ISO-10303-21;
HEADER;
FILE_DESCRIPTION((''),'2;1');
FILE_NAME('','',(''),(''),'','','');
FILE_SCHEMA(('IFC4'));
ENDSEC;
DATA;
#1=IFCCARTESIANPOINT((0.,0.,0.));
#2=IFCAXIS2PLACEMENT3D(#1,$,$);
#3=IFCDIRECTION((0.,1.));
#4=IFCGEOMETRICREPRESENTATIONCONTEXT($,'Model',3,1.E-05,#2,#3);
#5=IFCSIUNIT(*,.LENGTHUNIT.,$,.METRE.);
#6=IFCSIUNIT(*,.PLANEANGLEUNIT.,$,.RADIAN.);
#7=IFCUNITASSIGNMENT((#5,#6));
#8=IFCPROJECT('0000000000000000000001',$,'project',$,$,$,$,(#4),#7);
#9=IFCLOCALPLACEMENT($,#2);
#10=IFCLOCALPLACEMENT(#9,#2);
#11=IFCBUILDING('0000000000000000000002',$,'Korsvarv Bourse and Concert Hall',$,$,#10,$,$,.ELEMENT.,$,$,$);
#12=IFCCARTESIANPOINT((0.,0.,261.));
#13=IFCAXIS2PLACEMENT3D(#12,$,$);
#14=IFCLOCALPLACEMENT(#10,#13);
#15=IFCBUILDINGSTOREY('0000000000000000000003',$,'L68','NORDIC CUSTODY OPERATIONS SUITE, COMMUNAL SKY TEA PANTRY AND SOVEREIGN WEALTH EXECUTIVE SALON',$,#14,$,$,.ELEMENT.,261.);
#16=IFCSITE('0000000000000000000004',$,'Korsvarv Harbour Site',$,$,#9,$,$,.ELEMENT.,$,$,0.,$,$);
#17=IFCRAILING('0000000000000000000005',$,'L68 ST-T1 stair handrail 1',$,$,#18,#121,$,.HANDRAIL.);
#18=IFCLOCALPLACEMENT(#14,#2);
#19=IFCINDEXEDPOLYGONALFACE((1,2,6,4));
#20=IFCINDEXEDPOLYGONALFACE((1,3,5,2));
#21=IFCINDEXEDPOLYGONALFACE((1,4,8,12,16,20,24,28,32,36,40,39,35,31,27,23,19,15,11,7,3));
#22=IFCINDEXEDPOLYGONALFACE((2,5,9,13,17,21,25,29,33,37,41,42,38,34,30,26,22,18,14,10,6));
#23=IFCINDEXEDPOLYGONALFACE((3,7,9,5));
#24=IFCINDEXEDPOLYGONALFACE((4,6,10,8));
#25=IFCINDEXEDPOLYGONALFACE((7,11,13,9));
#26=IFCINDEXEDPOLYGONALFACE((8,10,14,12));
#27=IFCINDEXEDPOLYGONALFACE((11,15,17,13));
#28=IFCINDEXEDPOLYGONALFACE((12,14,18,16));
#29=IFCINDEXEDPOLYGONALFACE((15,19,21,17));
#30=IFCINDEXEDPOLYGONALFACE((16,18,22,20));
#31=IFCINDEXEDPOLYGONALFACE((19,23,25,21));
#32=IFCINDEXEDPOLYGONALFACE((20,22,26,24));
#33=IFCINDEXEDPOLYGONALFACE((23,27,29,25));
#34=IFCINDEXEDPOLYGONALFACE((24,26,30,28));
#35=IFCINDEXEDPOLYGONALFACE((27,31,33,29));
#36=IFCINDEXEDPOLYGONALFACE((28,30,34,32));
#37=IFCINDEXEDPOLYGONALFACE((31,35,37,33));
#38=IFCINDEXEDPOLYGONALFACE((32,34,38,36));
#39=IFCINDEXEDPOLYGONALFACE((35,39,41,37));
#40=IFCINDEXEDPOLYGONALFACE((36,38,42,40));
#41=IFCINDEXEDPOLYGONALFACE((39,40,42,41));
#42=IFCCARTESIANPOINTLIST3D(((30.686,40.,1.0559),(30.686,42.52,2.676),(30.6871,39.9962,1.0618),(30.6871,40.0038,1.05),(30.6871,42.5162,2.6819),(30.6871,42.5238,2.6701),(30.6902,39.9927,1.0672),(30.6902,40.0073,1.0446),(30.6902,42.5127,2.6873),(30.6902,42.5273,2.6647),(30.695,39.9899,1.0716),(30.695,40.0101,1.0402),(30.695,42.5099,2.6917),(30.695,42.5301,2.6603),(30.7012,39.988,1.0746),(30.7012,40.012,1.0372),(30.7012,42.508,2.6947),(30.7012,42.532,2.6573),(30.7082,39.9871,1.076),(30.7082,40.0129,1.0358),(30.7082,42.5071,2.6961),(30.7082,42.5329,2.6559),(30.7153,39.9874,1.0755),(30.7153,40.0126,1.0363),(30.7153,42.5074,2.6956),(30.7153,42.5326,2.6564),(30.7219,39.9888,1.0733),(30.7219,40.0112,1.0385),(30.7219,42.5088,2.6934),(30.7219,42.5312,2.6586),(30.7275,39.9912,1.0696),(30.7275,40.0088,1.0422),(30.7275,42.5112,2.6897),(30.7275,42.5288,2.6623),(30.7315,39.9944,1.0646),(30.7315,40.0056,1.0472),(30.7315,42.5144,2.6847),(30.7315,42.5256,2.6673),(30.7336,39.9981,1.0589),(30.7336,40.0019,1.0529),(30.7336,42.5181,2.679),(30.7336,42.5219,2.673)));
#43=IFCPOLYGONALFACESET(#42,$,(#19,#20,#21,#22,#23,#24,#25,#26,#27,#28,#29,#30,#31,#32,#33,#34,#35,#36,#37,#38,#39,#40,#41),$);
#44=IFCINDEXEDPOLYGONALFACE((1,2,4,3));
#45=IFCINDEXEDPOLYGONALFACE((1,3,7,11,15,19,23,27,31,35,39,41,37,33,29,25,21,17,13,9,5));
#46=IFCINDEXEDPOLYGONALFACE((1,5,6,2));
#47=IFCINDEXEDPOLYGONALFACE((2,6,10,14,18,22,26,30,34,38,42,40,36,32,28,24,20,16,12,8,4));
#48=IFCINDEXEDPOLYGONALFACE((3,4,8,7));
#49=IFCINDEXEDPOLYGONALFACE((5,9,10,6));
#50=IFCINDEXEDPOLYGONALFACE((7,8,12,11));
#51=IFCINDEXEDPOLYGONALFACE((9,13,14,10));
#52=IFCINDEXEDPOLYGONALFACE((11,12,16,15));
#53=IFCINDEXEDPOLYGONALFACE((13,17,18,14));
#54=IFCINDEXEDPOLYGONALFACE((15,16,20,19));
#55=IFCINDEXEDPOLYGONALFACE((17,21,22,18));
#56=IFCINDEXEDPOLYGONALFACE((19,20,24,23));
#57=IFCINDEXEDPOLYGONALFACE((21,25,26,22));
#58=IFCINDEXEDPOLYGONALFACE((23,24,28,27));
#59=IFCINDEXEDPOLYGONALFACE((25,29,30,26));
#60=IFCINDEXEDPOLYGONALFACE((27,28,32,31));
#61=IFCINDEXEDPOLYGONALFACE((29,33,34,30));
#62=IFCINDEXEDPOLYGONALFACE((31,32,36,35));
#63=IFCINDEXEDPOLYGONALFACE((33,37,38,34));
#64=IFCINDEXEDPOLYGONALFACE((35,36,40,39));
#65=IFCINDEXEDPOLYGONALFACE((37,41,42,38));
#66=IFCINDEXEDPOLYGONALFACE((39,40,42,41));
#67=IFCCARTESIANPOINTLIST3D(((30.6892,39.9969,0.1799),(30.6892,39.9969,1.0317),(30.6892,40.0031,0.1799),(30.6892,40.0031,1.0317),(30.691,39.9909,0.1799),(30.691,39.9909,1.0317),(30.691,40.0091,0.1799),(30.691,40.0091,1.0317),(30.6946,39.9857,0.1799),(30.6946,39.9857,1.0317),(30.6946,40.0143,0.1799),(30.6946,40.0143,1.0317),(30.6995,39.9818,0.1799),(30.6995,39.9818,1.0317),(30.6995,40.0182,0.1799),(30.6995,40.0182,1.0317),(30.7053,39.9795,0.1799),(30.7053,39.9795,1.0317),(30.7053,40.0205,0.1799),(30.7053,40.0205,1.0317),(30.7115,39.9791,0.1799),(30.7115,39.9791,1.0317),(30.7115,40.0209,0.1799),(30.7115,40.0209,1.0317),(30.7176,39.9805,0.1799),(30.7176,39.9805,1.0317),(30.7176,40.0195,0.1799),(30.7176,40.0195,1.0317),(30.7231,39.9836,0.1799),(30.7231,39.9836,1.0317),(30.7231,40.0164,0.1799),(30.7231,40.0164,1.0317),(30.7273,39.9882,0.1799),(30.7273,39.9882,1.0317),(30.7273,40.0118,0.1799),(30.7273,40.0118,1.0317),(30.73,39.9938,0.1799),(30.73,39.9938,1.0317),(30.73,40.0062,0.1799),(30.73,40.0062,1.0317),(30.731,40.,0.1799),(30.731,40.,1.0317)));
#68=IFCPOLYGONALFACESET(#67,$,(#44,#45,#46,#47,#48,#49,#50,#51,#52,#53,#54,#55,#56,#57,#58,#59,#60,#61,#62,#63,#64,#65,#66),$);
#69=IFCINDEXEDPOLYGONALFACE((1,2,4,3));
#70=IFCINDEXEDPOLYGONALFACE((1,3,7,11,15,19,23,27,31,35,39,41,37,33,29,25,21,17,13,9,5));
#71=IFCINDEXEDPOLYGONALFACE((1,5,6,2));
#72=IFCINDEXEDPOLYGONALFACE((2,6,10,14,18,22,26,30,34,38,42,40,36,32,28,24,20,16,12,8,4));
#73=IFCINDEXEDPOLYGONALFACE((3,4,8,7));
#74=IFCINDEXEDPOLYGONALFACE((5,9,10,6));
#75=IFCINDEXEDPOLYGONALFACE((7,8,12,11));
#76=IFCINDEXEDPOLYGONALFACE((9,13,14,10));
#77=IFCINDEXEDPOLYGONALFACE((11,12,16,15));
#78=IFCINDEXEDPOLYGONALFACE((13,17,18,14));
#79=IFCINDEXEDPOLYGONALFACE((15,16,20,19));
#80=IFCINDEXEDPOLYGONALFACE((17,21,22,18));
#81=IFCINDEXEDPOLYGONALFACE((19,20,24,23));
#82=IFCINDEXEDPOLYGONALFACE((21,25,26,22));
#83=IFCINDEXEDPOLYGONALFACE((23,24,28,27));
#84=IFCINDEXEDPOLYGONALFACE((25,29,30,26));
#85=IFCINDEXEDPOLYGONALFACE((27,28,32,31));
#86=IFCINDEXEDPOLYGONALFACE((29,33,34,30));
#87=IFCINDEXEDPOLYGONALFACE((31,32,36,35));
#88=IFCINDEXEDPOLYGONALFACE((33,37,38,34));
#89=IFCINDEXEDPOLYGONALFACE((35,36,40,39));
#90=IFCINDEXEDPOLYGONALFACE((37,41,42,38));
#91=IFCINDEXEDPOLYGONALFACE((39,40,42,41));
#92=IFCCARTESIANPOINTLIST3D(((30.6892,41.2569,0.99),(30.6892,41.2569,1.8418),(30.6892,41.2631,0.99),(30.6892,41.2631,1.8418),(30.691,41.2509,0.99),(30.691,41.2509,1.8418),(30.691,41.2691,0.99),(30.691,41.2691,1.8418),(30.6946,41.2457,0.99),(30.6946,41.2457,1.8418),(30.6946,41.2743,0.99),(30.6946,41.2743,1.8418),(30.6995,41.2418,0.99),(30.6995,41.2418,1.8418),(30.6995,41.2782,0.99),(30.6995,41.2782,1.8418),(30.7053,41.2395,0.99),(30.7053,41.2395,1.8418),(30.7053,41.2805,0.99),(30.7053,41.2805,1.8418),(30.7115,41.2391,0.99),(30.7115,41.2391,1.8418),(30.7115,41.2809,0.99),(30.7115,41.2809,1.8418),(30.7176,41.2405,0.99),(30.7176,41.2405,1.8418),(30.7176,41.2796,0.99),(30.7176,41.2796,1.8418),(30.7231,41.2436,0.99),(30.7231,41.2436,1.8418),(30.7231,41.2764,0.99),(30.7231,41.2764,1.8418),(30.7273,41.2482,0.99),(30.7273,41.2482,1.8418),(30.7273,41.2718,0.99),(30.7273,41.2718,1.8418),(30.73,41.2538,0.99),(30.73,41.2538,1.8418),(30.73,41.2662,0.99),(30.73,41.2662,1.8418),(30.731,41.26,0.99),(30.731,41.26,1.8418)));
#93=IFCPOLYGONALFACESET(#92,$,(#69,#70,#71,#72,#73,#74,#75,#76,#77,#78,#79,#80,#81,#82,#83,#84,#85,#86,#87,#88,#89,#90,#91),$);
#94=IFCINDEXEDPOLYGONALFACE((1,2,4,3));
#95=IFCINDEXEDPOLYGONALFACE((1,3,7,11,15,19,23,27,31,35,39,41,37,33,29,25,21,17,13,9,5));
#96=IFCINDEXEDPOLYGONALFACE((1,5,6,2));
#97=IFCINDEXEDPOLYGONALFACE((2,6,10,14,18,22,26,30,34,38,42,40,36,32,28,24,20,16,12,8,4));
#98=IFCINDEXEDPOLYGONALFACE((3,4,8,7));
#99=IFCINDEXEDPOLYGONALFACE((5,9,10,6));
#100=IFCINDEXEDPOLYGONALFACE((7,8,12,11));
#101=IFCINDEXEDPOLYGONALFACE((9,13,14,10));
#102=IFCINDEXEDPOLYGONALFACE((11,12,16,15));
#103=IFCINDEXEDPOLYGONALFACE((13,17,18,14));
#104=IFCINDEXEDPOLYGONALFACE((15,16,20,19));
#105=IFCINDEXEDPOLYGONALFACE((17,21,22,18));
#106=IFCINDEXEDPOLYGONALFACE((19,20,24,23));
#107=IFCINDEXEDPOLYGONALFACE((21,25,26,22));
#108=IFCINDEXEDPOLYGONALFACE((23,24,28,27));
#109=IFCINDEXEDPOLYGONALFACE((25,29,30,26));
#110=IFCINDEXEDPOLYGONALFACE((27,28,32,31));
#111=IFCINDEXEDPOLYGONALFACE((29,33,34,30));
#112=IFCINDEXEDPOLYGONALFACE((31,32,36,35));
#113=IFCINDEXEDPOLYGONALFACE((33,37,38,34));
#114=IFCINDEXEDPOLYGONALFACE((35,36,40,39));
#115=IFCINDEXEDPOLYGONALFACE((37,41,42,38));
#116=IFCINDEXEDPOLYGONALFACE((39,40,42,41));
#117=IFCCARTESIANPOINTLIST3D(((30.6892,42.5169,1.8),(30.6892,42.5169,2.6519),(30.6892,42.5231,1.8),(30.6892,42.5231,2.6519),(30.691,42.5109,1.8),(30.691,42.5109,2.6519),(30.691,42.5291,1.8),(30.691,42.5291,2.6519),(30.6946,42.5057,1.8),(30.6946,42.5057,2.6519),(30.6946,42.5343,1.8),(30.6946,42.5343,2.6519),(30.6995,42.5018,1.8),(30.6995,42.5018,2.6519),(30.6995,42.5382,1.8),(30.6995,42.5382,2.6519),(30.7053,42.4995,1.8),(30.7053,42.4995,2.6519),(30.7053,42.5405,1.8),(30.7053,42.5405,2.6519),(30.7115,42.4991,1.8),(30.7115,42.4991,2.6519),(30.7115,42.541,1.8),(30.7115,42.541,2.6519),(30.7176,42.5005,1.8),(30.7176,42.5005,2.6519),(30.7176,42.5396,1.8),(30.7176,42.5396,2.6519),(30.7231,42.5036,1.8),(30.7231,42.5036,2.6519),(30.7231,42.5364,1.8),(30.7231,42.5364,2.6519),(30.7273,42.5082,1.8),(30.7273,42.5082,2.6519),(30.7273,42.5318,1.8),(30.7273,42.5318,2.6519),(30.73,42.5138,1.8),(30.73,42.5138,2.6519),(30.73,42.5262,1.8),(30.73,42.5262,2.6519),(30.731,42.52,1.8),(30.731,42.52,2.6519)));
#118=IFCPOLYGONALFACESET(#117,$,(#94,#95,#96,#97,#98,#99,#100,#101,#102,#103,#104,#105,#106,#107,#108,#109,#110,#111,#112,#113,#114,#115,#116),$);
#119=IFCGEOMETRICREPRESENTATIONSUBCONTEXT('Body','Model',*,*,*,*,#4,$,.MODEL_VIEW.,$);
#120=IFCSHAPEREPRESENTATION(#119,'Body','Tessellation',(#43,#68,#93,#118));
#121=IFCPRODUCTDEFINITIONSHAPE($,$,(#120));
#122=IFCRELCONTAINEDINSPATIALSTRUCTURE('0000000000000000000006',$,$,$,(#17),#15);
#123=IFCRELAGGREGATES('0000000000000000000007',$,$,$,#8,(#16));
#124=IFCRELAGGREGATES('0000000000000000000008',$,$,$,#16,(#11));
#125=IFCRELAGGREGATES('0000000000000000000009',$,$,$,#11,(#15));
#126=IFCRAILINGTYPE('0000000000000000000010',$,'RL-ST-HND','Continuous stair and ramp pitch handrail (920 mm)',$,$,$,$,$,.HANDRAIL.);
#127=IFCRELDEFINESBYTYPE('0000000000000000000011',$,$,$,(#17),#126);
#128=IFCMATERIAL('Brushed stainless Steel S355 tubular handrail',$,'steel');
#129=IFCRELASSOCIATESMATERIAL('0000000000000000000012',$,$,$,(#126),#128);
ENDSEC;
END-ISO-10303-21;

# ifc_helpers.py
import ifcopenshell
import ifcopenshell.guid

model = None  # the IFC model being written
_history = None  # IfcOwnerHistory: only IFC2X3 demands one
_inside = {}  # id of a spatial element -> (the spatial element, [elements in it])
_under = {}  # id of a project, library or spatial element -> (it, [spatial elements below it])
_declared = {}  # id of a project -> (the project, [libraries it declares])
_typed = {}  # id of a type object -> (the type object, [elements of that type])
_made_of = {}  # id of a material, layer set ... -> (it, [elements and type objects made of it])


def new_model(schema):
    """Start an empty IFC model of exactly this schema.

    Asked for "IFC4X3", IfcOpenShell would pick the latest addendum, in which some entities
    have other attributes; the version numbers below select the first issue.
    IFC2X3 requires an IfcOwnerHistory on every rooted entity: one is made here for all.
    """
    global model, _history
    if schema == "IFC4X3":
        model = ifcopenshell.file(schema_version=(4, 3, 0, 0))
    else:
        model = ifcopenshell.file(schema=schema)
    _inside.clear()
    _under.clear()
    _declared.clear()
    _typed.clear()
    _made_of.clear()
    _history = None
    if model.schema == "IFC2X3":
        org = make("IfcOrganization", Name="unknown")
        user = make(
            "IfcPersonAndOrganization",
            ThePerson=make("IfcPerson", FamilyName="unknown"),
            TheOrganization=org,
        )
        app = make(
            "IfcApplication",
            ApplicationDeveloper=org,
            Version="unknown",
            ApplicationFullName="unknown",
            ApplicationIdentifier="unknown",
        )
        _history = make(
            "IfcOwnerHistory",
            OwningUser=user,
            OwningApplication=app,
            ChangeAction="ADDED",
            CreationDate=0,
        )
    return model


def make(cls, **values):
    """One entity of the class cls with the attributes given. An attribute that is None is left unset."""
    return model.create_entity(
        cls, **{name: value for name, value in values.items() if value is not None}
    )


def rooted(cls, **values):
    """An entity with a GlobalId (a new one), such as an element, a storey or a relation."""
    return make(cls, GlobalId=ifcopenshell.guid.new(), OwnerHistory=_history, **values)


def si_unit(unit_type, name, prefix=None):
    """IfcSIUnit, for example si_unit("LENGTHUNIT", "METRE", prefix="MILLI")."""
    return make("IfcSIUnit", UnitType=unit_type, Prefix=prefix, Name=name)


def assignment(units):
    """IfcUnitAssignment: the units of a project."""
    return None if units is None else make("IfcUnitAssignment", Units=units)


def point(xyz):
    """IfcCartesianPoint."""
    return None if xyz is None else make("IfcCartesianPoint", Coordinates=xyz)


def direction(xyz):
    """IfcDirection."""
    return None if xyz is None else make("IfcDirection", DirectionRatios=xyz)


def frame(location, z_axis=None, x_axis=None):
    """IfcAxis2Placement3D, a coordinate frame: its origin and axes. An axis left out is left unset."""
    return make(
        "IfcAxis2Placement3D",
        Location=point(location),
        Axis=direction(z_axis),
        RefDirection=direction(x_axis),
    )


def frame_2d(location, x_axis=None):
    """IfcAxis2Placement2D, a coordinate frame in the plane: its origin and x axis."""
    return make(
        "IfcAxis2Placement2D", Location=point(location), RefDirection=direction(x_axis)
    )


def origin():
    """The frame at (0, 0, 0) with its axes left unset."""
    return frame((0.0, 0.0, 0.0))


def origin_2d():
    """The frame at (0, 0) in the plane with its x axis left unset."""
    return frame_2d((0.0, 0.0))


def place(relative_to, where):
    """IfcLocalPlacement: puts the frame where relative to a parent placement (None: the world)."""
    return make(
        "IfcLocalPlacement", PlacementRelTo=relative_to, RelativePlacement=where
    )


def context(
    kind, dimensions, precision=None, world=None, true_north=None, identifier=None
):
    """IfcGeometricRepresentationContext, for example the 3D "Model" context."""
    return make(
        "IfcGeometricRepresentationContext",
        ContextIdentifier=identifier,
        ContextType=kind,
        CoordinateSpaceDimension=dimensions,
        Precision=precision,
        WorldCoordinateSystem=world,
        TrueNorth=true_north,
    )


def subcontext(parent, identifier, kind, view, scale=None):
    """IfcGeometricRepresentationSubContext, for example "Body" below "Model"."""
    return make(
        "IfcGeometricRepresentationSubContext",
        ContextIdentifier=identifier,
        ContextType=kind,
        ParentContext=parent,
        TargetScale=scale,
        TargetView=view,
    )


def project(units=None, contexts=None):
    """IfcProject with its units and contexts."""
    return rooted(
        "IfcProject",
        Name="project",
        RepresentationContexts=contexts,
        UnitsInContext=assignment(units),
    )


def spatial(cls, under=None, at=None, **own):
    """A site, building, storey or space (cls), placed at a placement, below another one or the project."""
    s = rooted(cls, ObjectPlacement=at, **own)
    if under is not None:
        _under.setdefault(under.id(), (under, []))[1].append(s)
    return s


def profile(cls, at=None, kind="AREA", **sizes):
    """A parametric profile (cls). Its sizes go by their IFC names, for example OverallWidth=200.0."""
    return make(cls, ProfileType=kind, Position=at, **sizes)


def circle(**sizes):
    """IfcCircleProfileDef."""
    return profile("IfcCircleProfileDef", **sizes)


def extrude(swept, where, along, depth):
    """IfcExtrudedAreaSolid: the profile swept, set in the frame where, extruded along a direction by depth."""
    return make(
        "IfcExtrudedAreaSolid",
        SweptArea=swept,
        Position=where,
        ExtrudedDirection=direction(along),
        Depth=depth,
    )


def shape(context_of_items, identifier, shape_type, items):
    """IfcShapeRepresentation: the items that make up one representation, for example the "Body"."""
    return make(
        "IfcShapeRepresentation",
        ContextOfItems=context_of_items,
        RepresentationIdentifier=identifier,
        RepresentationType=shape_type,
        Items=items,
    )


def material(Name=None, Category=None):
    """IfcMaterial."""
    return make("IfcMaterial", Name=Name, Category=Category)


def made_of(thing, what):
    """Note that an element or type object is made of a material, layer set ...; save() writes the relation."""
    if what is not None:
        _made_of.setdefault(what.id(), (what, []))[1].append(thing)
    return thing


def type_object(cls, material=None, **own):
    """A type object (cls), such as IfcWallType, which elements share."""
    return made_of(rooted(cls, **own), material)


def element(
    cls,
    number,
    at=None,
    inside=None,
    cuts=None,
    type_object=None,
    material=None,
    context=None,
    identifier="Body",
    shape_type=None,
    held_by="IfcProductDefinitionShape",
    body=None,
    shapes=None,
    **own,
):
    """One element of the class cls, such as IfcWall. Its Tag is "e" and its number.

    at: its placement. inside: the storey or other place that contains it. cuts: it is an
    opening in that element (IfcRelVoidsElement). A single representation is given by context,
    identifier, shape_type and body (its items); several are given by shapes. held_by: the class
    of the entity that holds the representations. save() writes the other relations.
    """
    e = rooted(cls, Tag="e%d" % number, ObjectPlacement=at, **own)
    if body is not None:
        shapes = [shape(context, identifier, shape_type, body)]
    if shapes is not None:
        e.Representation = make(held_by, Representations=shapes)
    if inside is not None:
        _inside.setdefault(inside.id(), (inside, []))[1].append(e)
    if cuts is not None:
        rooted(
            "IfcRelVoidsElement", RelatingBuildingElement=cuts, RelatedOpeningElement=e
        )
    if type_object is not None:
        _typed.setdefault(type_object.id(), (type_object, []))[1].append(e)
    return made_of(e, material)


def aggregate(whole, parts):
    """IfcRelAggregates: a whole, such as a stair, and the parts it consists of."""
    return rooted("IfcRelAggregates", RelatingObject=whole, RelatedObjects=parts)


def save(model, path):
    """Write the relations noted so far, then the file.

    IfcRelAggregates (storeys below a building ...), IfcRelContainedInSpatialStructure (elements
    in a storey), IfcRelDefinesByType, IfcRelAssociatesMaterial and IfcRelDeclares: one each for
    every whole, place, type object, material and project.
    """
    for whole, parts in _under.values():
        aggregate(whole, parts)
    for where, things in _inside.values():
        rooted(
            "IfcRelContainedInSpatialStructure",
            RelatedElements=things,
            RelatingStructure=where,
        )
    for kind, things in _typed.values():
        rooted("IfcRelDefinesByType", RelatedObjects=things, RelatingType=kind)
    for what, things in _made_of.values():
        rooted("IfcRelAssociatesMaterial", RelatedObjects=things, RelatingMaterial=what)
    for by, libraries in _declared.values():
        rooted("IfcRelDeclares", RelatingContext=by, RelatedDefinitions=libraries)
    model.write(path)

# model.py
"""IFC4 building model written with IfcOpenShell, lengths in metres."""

from ifc_helpers import new_model, si_unit, direction, frame, origin, origin_2d, place, context, subcontext, project, spatial, circle, extrude, material, type_object, element, save


model = new_model("IFC4")

# Units and contexts
model_context = context("Model", 3, precision=1e-05, world=origin(), true_north=direction((0.0, 1.0)))
body_context = subcontext(model_context, "Body", "Model", "MODEL_VIEW")
ifc_project = project(units=[si_unit("LENGTHUNIT", "METRE"), si_unit("PLANEANGLEUNIT", "RADIAN")], contexts=[model_context])

# Site, building, storey
site_placement = place(None, origin())
site = spatial("IfcSite", under=ifc_project, at=site_placement, Name="Korsvarv Harbour Site", CompositionType="ELEMENT", RefElevation=0.0)
building_placement = place(site_placement, origin())
building = spatial("IfcBuilding", under=site, at=building_placement, Name="Korsvarv Bourse and Concert Hall", CompositionType="ELEMENT")
storey_placement = place(building_placement, frame((0.0, 0.0, 261.0)))
storey = spatial("IfcBuildingStorey", under=building, at=storey_placement, Name="L68", Description="NORDIC CUSTODY OPERATIONS SUITE, COMMUNAL SKY TEA PANTRY AND SOVEREIGN WEALTH EXECUTIVE SALON", CompositionType="ELEMENT", Elevation=261.0)

# Railing
ifc_material_1 = material(Name="Brushed stainless Steel S355 tubular handrail", Category="steel")
railing_type_1 = type_object("IfcRailingType", Name="RL-ST-HND", Description="Continuous stair and ramp pitch handrail (920 mm)", PredefinedType="HANDRAIL", material=ifc_material_1)
railing_1_placement = place(storey_placement, frame((30.71, 40.0, 0.1799)))
element("IfcRailing", 1, at=railing_1_placement, inside=storey, type_object=railing_type_1, Name="L68 ST-T1 stair handrail 1", PredefinedType="HANDRAIL", context=body_context, shape_type="SweptSolid", body=[
    extrude(circle(Radius=0.0239, at=origin_2d()), frame((0.0, 0.0, 0.876), z_axis=(0.0, 0.841163, 0.540782), x_axis=(-1.0, 0.0, 0.0)), (0.0, 0.0, 1.0), 2.9958),
    extrude(circle(Radius=0.021, at=origin_2d()), origin(), (0.0, 0.0, 1.0), 0.8518),
    extrude(circle(Radius=0.021, at=origin_2d()), frame((0.0, 1.26, 0.8101)), (0.0, 0.0, 1.0), 0.8518),
    extrude(circle(Radius=0.021, at=origin_2d()), frame((0.0, 2.52, 1.6201)), (0.0, 0.0, 1.0), 0.8518),
])

save(model, "model.ifc")
